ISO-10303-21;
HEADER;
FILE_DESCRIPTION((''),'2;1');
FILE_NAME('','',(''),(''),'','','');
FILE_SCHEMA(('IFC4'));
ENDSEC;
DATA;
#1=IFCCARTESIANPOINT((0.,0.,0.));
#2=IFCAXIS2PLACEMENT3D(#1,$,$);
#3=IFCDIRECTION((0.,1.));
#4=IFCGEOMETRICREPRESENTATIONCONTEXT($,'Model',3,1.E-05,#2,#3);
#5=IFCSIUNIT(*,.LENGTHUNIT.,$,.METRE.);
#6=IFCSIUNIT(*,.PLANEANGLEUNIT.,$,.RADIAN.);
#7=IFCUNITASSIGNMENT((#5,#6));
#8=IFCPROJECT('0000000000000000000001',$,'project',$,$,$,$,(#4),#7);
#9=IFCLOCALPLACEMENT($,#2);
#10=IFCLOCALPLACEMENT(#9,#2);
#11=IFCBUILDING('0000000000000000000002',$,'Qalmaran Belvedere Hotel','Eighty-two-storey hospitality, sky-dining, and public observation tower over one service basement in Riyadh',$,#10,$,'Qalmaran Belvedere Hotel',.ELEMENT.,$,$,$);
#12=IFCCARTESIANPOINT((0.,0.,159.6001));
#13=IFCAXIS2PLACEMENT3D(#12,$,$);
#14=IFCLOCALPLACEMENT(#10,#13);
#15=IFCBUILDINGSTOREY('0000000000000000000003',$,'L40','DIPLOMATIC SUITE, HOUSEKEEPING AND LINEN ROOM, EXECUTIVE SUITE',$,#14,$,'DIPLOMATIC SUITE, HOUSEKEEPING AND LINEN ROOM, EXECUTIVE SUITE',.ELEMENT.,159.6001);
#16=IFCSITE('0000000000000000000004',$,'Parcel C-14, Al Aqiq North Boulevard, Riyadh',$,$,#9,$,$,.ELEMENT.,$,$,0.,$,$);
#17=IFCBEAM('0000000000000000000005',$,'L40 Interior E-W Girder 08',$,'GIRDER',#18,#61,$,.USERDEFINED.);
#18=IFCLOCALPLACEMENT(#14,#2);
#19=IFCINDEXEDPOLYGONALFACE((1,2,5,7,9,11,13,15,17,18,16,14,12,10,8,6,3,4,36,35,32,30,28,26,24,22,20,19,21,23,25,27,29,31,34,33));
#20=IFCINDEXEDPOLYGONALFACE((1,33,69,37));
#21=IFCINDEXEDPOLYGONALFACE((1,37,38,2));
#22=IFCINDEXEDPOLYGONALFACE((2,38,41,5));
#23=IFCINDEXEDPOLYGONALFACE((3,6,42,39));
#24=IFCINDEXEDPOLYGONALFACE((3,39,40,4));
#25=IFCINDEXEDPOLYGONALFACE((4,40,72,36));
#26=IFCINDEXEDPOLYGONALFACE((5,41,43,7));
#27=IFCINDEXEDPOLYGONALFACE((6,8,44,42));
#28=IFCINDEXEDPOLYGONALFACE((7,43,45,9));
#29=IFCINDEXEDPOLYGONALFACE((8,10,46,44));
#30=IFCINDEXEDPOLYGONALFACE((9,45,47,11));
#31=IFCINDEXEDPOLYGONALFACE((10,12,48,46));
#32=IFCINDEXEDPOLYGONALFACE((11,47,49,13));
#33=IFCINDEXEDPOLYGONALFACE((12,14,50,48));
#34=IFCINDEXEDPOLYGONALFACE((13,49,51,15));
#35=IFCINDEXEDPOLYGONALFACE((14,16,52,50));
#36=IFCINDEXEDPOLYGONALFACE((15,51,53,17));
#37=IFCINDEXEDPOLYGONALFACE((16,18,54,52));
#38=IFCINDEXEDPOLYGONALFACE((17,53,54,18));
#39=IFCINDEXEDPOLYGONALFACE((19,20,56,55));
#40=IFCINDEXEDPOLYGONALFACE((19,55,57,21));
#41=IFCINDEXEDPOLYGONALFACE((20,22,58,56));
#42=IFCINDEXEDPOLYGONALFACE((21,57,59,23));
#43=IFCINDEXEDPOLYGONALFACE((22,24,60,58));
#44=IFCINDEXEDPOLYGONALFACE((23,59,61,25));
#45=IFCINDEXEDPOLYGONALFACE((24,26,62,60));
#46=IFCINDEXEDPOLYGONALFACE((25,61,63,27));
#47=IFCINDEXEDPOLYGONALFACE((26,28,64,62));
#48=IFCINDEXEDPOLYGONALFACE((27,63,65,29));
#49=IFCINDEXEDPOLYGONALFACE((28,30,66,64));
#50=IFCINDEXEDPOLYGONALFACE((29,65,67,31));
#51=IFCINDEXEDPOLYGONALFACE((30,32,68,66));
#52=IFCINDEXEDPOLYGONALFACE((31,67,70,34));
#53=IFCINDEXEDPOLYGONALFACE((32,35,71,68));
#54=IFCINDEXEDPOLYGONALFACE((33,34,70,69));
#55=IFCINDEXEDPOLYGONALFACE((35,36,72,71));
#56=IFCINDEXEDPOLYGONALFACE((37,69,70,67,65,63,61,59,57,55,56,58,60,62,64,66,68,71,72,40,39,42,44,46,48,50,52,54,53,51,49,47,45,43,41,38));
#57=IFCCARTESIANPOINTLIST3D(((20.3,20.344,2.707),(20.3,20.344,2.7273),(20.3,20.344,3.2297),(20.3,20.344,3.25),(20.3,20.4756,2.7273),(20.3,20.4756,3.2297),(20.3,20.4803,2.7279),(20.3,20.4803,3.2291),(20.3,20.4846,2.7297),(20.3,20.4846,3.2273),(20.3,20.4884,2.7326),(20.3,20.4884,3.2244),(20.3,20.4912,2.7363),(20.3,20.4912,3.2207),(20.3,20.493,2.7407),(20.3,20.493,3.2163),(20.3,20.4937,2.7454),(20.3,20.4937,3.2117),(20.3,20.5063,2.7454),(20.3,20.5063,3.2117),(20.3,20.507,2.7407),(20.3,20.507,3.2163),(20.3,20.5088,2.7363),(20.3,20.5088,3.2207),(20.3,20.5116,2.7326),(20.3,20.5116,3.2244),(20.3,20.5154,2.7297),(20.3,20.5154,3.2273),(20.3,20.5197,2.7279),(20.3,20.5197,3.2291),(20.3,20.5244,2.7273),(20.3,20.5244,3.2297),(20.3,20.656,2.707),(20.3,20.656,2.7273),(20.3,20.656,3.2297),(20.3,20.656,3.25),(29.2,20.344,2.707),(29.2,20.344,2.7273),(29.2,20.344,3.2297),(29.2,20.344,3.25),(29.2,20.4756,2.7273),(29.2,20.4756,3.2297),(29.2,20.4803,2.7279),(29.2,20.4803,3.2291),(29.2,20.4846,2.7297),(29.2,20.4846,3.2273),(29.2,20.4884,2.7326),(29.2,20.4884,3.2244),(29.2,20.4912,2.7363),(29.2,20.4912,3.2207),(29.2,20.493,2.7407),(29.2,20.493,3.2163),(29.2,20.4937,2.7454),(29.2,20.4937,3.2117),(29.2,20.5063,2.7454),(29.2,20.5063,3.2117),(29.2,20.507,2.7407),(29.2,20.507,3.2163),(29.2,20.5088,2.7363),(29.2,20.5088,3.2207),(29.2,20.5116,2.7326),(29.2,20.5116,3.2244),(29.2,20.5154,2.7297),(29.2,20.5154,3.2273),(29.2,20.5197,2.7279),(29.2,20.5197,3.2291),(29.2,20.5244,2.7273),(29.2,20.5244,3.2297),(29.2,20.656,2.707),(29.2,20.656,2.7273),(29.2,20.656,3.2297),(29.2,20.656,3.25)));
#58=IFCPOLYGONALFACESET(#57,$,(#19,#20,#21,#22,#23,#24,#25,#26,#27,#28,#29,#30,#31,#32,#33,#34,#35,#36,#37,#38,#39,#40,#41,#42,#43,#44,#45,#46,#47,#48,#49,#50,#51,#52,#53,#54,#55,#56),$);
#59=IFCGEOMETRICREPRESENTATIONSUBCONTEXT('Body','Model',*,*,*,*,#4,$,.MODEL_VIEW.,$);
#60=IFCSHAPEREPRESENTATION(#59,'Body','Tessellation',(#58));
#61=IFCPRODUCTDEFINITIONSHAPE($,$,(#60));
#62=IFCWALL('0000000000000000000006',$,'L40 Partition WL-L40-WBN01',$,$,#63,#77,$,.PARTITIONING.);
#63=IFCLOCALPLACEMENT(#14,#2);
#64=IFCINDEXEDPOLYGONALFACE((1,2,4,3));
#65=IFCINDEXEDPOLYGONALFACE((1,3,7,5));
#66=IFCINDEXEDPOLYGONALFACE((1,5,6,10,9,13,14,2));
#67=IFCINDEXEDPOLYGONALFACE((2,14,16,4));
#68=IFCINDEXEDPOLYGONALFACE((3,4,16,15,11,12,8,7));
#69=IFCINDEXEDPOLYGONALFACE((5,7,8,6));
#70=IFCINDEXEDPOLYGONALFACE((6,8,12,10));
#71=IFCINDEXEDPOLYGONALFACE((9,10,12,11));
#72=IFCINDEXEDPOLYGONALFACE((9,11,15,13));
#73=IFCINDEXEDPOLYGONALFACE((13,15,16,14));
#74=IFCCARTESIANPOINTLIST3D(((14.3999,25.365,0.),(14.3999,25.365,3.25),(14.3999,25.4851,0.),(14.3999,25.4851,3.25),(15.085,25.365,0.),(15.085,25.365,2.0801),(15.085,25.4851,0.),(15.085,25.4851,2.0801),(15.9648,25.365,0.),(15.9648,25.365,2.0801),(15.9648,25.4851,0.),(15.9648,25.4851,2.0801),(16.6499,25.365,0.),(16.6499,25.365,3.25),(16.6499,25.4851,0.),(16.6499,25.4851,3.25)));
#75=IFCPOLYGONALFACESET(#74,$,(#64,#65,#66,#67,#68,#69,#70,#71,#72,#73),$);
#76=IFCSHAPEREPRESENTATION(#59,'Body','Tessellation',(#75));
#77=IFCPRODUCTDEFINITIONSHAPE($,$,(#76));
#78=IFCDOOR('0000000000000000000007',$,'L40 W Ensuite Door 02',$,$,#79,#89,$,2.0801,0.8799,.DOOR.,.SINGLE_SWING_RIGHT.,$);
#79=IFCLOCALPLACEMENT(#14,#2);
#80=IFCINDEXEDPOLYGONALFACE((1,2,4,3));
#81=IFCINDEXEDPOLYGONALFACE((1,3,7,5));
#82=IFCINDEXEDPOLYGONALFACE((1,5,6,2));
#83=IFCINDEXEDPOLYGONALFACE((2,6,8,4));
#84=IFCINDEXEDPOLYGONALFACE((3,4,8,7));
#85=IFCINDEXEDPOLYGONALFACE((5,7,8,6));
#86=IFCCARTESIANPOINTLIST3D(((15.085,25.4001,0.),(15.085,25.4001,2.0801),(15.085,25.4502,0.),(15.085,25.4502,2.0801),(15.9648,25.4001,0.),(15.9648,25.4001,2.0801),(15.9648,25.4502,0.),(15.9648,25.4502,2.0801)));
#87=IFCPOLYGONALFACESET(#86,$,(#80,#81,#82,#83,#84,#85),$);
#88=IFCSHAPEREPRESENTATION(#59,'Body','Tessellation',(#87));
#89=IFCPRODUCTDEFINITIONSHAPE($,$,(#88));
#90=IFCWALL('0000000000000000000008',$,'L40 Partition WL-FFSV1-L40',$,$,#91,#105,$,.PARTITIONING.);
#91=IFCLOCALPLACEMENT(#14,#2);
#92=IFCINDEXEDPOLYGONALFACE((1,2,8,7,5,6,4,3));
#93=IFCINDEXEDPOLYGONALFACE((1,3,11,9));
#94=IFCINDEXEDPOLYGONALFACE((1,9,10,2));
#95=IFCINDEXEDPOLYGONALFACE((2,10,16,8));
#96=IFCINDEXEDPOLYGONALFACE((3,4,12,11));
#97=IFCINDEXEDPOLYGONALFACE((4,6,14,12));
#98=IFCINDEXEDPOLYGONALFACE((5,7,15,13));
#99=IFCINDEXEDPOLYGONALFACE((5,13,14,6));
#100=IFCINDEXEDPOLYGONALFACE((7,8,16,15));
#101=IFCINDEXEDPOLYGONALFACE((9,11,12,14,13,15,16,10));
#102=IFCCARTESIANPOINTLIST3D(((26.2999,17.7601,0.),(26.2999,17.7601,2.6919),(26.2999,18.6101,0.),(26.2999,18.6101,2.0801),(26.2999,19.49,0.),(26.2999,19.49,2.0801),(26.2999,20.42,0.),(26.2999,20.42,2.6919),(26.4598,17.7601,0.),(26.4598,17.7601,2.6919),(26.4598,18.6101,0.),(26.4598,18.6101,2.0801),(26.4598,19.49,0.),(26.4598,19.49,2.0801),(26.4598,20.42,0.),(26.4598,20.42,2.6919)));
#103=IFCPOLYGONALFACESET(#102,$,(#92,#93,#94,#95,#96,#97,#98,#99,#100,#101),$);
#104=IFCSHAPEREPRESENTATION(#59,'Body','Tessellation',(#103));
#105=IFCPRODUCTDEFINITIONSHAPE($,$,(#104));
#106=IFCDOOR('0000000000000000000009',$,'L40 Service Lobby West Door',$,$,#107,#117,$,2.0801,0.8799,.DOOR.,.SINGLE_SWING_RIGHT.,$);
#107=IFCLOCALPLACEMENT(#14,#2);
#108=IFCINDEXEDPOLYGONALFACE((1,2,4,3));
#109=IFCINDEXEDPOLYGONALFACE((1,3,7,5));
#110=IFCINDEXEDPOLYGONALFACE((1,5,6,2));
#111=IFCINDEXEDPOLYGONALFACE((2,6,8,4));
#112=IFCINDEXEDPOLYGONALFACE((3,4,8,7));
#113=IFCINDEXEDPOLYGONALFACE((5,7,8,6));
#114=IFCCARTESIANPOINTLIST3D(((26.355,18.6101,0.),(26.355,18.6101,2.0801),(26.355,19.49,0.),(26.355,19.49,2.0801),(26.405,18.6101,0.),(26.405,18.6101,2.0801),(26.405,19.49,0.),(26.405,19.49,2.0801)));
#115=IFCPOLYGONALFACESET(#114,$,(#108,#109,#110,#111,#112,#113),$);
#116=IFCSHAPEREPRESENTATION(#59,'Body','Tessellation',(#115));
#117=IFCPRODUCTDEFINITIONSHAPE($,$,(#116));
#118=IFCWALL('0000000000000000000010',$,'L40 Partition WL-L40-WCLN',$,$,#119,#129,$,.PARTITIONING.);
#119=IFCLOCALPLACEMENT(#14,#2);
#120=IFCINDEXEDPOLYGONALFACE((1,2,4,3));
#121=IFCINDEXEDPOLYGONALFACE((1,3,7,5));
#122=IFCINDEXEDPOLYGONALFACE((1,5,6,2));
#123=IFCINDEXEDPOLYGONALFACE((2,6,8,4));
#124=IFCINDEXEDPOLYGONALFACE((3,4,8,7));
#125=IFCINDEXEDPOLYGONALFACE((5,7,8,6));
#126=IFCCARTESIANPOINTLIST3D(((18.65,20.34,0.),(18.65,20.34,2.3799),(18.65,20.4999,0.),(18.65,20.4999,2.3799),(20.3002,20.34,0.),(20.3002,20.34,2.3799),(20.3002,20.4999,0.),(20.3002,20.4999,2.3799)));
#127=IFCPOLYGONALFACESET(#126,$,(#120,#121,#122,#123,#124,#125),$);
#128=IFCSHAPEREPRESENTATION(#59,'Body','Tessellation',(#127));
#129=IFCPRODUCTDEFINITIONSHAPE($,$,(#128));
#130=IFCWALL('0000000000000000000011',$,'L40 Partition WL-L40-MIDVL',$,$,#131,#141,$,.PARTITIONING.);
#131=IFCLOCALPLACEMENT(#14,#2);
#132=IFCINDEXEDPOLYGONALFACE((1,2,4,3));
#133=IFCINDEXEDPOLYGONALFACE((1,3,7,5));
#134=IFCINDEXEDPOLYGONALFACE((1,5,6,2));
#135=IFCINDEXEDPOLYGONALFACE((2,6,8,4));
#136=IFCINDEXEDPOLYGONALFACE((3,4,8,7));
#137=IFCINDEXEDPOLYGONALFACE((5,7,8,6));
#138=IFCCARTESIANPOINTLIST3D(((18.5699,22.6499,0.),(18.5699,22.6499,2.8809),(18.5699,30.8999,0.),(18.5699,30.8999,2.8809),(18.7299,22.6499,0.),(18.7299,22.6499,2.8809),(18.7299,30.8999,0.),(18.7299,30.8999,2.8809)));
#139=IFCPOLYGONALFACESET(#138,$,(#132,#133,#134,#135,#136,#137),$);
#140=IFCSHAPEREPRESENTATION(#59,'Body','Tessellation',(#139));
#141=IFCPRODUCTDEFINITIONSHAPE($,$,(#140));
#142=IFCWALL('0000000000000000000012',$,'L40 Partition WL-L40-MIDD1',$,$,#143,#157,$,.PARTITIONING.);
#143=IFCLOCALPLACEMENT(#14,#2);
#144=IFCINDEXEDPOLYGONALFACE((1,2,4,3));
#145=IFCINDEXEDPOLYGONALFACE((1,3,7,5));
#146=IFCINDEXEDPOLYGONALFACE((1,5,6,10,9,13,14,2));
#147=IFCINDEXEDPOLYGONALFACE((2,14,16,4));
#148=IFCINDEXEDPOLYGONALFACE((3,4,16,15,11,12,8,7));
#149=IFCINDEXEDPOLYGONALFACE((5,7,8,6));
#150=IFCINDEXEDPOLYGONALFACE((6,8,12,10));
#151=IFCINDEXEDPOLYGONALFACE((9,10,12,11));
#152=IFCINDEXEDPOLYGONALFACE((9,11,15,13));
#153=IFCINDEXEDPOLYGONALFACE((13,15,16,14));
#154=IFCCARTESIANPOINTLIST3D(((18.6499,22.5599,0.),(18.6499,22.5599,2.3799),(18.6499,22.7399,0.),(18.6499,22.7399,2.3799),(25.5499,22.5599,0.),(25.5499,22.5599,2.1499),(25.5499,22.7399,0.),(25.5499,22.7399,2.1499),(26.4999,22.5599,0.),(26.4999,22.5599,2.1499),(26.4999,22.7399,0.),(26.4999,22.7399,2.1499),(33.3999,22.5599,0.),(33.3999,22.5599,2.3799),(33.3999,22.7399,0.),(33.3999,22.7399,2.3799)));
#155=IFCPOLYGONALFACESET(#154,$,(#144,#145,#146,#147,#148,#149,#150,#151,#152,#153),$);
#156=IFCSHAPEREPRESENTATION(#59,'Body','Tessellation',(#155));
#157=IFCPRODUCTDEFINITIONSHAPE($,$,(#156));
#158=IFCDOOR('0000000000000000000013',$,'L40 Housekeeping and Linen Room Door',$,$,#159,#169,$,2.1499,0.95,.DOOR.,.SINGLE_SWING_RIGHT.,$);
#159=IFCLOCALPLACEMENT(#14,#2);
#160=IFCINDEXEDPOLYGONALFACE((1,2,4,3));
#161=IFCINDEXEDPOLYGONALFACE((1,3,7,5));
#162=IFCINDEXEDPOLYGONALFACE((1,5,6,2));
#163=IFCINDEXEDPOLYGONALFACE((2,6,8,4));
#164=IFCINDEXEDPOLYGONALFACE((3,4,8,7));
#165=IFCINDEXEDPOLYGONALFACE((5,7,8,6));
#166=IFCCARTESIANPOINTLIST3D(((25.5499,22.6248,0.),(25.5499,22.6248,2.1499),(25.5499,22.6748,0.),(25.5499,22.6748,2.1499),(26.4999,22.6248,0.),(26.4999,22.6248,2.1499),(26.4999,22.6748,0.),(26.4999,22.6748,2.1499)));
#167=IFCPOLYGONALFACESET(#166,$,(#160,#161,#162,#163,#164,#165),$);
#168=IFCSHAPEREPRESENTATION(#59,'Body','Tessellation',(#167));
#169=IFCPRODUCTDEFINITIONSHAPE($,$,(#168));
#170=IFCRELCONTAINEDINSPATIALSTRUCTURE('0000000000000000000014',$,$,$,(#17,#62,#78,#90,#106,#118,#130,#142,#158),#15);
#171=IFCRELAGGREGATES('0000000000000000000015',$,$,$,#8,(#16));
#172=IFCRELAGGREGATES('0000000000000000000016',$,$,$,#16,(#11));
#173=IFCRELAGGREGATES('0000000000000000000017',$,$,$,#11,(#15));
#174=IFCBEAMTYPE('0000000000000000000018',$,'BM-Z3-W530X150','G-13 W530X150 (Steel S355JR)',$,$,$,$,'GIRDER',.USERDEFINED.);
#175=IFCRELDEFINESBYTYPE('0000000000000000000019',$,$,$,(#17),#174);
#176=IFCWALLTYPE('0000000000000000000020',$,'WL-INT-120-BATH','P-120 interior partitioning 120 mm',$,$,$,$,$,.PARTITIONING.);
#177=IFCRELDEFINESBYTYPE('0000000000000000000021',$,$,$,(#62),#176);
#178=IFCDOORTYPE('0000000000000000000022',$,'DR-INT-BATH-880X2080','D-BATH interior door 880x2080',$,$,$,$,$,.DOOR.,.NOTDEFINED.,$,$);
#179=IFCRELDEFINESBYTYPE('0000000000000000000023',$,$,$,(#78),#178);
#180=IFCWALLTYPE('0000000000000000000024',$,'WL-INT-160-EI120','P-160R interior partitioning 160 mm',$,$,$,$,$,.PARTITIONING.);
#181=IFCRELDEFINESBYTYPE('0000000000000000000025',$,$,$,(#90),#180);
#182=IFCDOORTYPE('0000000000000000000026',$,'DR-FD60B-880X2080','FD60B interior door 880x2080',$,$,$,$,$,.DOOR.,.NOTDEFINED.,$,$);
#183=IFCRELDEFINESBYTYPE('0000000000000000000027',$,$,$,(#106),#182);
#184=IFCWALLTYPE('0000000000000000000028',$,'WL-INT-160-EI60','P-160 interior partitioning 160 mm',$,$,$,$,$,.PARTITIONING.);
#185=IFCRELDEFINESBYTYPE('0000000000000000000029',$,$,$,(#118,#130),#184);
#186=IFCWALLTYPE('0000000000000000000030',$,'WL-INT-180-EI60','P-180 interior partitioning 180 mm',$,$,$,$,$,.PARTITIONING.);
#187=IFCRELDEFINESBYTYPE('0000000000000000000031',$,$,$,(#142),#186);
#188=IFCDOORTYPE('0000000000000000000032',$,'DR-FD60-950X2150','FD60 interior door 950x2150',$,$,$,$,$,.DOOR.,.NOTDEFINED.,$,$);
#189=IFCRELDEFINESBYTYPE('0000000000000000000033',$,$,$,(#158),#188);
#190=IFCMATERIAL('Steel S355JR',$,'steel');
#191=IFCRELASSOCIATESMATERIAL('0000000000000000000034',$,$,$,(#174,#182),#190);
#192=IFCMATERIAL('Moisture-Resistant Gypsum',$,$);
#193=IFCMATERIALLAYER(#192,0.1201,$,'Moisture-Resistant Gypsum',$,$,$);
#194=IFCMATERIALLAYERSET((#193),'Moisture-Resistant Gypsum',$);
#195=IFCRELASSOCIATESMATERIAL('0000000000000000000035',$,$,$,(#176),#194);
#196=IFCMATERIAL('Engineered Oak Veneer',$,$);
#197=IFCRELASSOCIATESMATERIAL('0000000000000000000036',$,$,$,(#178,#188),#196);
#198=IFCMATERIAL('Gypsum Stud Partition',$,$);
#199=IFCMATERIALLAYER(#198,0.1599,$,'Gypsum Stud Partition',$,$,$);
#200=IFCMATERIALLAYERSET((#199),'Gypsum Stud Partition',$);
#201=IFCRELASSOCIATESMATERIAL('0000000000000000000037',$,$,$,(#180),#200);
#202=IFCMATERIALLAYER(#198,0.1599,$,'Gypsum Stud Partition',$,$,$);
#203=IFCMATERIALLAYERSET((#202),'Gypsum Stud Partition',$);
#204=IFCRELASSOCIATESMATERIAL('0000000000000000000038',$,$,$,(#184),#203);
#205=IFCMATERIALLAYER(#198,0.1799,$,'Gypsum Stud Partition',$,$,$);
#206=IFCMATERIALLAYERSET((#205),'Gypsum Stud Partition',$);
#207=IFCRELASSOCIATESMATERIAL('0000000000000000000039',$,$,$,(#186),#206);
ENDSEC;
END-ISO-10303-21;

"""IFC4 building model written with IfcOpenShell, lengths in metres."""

from ifc_helpers import new_model, si_unit, direction, frame, frame_2d, origin, origin_2d, place, context, subcontext, project, spatial, rectangle, i_section, extrude, material, layer, layer_set, material_profile, profile_set, type_object, element, fill, save


model = new_model("IFC4")

# Units and contexts
model_context = context("Model", 3, precision=1e-05, world=origin(), true_north=direction((0.0, 1.0)))
body_context = subcontext(model_context, "Body", "Model", "MODEL_VIEW")
ifc_project = project(units=[si_unit("LENGTHUNIT", "METRE"), si_unit("PLANEANGLEUNIT", "RADIAN")], contexts=[model_context])

# Site, building, storey
site_placement = place(None, origin())
site = spatial("IfcSite", under=ifc_project, at=site_placement, Name="Parcel C-14, Al Aqiq North Boulevard, Riyadh", CompositionType="ELEMENT", RefElevation=0.0)
building_placement = place(site_placement, origin())
building = spatial("IfcBuilding", under=site, at=building_placement, Name="Qalmaran Belvedere Hotel", Description="Eighty-two-storey hospitality, sky-dining, and public observation tower over one service basement in Riyadh", LongName="Qalmaran Belvedere Hotel", CompositionType="ELEMENT")
storey_placement = place(building_placement, frame((0.0, 0.0, 159.6001)))
storey = spatial("IfcBuildingStorey", under=building, at=storey_placement, Name="L40", Description="DIPLOMATIC SUITE, HOUSEKEEPING AND LINEN ROOM, EXECUTIVE SUITE", LongName="DIPLOMATIC SUITE, HOUSEKEEPING AND LINEN ROOM, EXECUTIVE SUITE", CompositionType="ELEMENT", Elevation=159.6001)

# Beam
ifc_material_1 = material(Name="Steel S355JR", Category="steel")
ifc_material_profile_1 = material_profile(ifc_material_1, i_section(OverallWidth=0.312, OverallDepth=0.543, WebThickness=0.0127, FlangeThickness=0.0203, FilletRadius=0.0181, at=origin_2d()), Name="W530X150")
ifc_profile_set_1 = profile_set([ifc_material_profile_1], Name="Steel S355JR")
beam_type_1 = type_object("IfcBeamType", Name="BM-Z3-W530X150", Description="G-13 W530X150 (Steel S355JR)", ElementType="GIRDER", PredefinedType="USERDEFINED", material=ifc_profile_set_1)
beam_1_placement = place(storey_placement, frame((20.3, 20.5, 2.9785), z_axis=(1.0, 0.0, 0.0), x_axis=(0.0, 1.0, 0.0)))
element("IfcBeam", 1, at=beam_1_placement, inside=storey, type_object=beam_type_1, Name="L40 Interior E-W Girder 08", ObjectType="GIRDER", PredefinedType="USERDEFINED", context=body_context, shape_type="SweptSolid", body=[
    extrude(i_section(OverallWidth=0.312, OverallDepth=0.543, WebThickness=0.0127, FlangeThickness=0.0203, FilletRadius=0.0181, at=origin_2d()), origin(), (0.0, 0.0, 1.0), 8.8999),
])

# Walls, openings, doors
ifc_material_2 = material(Name="Moisture-Resistant Gypsum")
ifc_layer_1 = layer(ifc_material_2, 0.1201, Name="Moisture-Resistant Gypsum")
ifc_layer_set_1 = layer_set([ifc_layer_1], Name="Moisture-Resistant Gypsum")
wall_type_1 = type_object("IfcWallType", Name="WL-INT-120-BATH", Description="P-120 interior partitioning 120 mm", PredefinedType="PARTITIONING", material=ifc_layer_set_1)
wall_1_placement = place(storey_placement, frame((14.3999, 25.425, 0.0), z_axis=(0.0, 0.0, 1.0), x_axis=(1.0, 0.0, 0.0)))
wall_1 = element("IfcWall", 2, at=wall_1_placement, inside=storey, type_object=wall_type_1, Name="L40 Partition WL-L40-WBN01", PredefinedType="PARTITIONING", context=body_context, shape_type="SweptSolid", body=[
    extrude(rectangle(XDim=2.25, YDim=0.1201, at=frame_2d((1.125, 0.0))), origin(), (0.0, 0.0, 1.0), 3.25),
])
opening_1_placement = place(wall_1_placement, frame((1.5649, 0.0, 0.0), z_axis=(0.0, 0.0, 1.0), x_axis=(-1.0, 0.0, 0.0)))
opening_1 = element("IfcOpeningElement", 3, at=opening_1_placement, cuts=wall_1, PredefinedType="OPENING", context=body_context, shape_type="SweptSolid", body=[
    extrude(rectangle(XDim=0.8799, YDim=2.0801, at=frame_2d((0.4399, 1.04))), frame((0.0, 0.0701, 0.0), z_axis=(0.0, -1.0, 0.0), x_axis=(1.0, 0.0, 0.0)), (0.0, 0.0, 1.0), 0.1401),
])
ifc_material_3 = material(Name="Engineered Oak Veneer")
door_type_1 = type_object("IfcDoorType", Name="DR-INT-BATH-880X2080", Description="D-BATH interior door 880x2080", OperationType="NOTDEFINED", PredefinedType="DOOR", material=ifc_material_3)
door_1_placement = place(opening_1_placement, origin())
door_1 = element("IfcDoor", 4, at=door_1_placement, inside=storey, type_object=door_type_1, Name="L40 W Ensuite Door 02", OperationType="SINGLE_SWING_RIGHT", OverallHeight=2.0801, OverallWidth=0.8799, PredefinedType="DOOR", context=body_context, shape_type="SweptSolid", body=[
    extrude(rectangle(XDim=0.8799, YDim=2.0801, at=frame_2d((0.4399, 1.04))), frame((0.0, 0.0249, 0.0), z_axis=(0.0, -1.0, 0.0), x_axis=(1.0, 0.0, 0.0)), (0.0, 0.0, 1.0), 0.05),
])
fill(opening_1, door_1)
ifc_material_4 = material(Name="Gypsum Stud Partition")
ifc_layer_2 = layer(ifc_material_4, 0.1599, Name="Gypsum Stud Partition")
ifc_layer_set_2 = layer_set([ifc_layer_2], Name="Gypsum Stud Partition")
wall_type_2 = type_object("IfcWallType", Name="WL-INT-160-EI120", Description="P-160R interior partitioning 160 mm", PredefinedType="PARTITIONING", material=ifc_layer_set_2)
wall_2_placement = place(storey_placement, frame((26.3799, 17.76, 0.0), z_axis=(0.0, 0.0, 1.0), x_axis=(0.0, 1.0, 0.0)))
wall_2 = element("IfcWall", 5, at=wall_2_placement, inside=storey, type_object=wall_type_2, Name="L40 Partition WL-FFSV1-L40", PredefinedType="PARTITIONING", context=body_context, shape_type="SweptSolid", body=[
    extrude(rectangle(XDim=2.6599, YDim=0.1599, at=frame_2d((1.3301, 0.0))), origin(), (0.0, 0.0, 1.0), 2.6919),
])
opening_2_placement = place(wall_2_placement, frame((0.8501, 0.0, 0.0)))
opening_2 = element("IfcOpeningElement", 6, at=opening_2_placement, cuts=wall_2, PredefinedType="OPENING", context=body_context, shape_type="SweptSolid", body=[
    extrude(rectangle(XDim=0.8799, YDim=2.0801, at=frame_2d((0.4399, 1.04))), frame((0.0, 0.0898, 0.0), z_axis=(0.0, -1.0, 0.0), x_axis=(1.0, 0.0, 0.0)), (0.0, 0.0, 1.0), 0.1799),
])
door_type_2 = type_object("IfcDoorType", Name="DR-FD60B-880X2080", Description="FD60B interior door 880x2080", OperationType="NOTDEFINED", PredefinedType="DOOR", material=ifc_material_1)
door_2_placement = place(opening_2_placement, origin())
door_2 = element("IfcDoor", 7, at=door_2_placement, inside=storey, type_object=door_type_2, Name="L40 Service Lobby West Door", OperationType="SINGLE_SWING_RIGHT", OverallHeight=2.0801, OverallWidth=0.8799, PredefinedType="DOOR", context=body_context, shape_type="SweptSolid", body=[
    extrude(rectangle(XDim=0.8799, YDim=2.0801, at=frame_2d((0.4399, 1.04))), frame((0.0, 0.0249, 0.0), z_axis=(0.0, -1.0, 0.0), x_axis=(1.0, 0.0, 0.0)), (0.0, 0.0, 1.0), 0.05),
])
fill(opening_2, door_2)

# Walls
ifc_layer_3 = layer(ifc_material_4, 0.1599, Name="Gypsum Stud Partition")
ifc_layer_set_3 = layer_set([ifc_layer_3], Name="Gypsum Stud Partition")
wall_type_3 = type_object("IfcWallType", Name="WL-INT-160-EI60", Description="P-160 interior partitioning 160 mm", PredefinedType="PARTITIONING", material=ifc_layer_set_3)
wall_3_placement = place(storey_placement, frame((18.6499, 20.4199, 0.0), z_axis=(0.0, 0.0, 1.0), x_axis=(1.0, 0.0, 0.0)))
element("IfcWall", 8, at=wall_3_placement, inside=storey, type_object=wall_type_3, Name="L40 Partition WL-L40-WCLN", PredefinedType="PARTITIONING", context=body_context, shape_type="SweptSolid", body=[
    extrude(rectangle(XDim=1.6501, YDim=0.1599, at=frame_2d((0.8252, 0.0))), origin(), (0.0, 0.0, 1.0), 2.3799),
])
wall_4_placement = place(storey_placement, frame((18.6499, 22.6499, 0.0), z_axis=(0.0, 0.0, 1.0), x_axis=(0.0, 1.0, 0.0)))
element("IfcWall", 9, at=wall_4_placement, inside=storey, type_object=wall_type_3, Name="L40 Partition WL-L40-MIDVL", PredefinedType="PARTITIONING", context=body_context, shape_type="SweptSolid", body=[
    extrude(rectangle(XDim=8.25, YDim=0.1599, at=frame_2d((4.125, 0.0))), origin(), (0.0, 0.0, 1.0), 2.8809),
])

# Wall, opening, door
ifc_layer_4 = layer(ifc_material_4, 0.1799, Name="Gypsum Stud Partition")
ifc_layer_set_4 = layer_set([ifc_layer_4], Name="Gypsum Stud Partition")
wall_type_4 = type_object("IfcWallType", Name="WL-INT-180-EI60", Description="P-180 interior partitioning 180 mm", PredefinedType="PARTITIONING", material=ifc_layer_set_4)
wall_5_placement = place(storey_placement, frame((18.6499, 22.6499, 0.0), z_axis=(0.0, 0.0, 1.0), x_axis=(1.0, 0.0, 0.0)))
wall_5 = element("IfcWall", 10, at=wall_5_placement, inside=storey, type_object=wall_type_4, Name="L40 Partition WL-L40-MIDD1", PredefinedType="PARTITIONING", context=body_context, shape_type="SweptSolid", body=[
    extrude(rectangle(XDim=14.75, YDim=0.1799, at=frame_2d((7.375, 0.0))), origin(), (0.0, 0.0, 1.0), 2.3799),
])
opening_3_placement = place(wall_5_placement, frame((6.8999, 0.0, 0.0)))
opening_3 = element("IfcOpeningElement", 11, at=opening_3_placement, cuts=wall_5, PredefinedType="OPENING", context=body_context, shape_type="SweptSolid", body=[
    extrude(rectangle(XDim=0.95, YDim=2.1499, at=frame_2d((0.4751, 1.075))), frame((0.0, 0.1001, 0.0), z_axis=(0.0, -1.0, 0.0), x_axis=(1.0, 0.0, 0.0)), (0.0, 0.0, 1.0), 0.2),
])
door_type_3 = type_object("IfcDoorType", Name="DR-FD60-950X2150", Description="FD60 interior door 950x2150", OperationType="NOTDEFINED", PredefinedType="DOOR", material=ifc_material_3)
door_3_placement = place(opening_3_placement, origin())
door_3 = element("IfcDoor", 12, at=door_3_placement, inside=storey, type_object=door_type_3, Name="L40 Housekeeping and Linen Room Door", OperationType="SINGLE_SWING_RIGHT", OverallHeight=2.1499, OverallWidth=0.95, PredefinedType="DOOR", context=body_context, shape_type="SweptSolid", body=[
    extrude(rectangle(XDim=0.95, YDim=2.1499, at=frame_2d((0.4751, 1.075))), frame((0.0, 0.0249, 0.0), z_axis=(0.0, -1.0, 0.0), x_axis=(1.0, 0.0, 0.0)), (0.0, 0.0, 1.0), 0.05),
])
fill(opening_3, door_3)

save(model, "model.ifc")
